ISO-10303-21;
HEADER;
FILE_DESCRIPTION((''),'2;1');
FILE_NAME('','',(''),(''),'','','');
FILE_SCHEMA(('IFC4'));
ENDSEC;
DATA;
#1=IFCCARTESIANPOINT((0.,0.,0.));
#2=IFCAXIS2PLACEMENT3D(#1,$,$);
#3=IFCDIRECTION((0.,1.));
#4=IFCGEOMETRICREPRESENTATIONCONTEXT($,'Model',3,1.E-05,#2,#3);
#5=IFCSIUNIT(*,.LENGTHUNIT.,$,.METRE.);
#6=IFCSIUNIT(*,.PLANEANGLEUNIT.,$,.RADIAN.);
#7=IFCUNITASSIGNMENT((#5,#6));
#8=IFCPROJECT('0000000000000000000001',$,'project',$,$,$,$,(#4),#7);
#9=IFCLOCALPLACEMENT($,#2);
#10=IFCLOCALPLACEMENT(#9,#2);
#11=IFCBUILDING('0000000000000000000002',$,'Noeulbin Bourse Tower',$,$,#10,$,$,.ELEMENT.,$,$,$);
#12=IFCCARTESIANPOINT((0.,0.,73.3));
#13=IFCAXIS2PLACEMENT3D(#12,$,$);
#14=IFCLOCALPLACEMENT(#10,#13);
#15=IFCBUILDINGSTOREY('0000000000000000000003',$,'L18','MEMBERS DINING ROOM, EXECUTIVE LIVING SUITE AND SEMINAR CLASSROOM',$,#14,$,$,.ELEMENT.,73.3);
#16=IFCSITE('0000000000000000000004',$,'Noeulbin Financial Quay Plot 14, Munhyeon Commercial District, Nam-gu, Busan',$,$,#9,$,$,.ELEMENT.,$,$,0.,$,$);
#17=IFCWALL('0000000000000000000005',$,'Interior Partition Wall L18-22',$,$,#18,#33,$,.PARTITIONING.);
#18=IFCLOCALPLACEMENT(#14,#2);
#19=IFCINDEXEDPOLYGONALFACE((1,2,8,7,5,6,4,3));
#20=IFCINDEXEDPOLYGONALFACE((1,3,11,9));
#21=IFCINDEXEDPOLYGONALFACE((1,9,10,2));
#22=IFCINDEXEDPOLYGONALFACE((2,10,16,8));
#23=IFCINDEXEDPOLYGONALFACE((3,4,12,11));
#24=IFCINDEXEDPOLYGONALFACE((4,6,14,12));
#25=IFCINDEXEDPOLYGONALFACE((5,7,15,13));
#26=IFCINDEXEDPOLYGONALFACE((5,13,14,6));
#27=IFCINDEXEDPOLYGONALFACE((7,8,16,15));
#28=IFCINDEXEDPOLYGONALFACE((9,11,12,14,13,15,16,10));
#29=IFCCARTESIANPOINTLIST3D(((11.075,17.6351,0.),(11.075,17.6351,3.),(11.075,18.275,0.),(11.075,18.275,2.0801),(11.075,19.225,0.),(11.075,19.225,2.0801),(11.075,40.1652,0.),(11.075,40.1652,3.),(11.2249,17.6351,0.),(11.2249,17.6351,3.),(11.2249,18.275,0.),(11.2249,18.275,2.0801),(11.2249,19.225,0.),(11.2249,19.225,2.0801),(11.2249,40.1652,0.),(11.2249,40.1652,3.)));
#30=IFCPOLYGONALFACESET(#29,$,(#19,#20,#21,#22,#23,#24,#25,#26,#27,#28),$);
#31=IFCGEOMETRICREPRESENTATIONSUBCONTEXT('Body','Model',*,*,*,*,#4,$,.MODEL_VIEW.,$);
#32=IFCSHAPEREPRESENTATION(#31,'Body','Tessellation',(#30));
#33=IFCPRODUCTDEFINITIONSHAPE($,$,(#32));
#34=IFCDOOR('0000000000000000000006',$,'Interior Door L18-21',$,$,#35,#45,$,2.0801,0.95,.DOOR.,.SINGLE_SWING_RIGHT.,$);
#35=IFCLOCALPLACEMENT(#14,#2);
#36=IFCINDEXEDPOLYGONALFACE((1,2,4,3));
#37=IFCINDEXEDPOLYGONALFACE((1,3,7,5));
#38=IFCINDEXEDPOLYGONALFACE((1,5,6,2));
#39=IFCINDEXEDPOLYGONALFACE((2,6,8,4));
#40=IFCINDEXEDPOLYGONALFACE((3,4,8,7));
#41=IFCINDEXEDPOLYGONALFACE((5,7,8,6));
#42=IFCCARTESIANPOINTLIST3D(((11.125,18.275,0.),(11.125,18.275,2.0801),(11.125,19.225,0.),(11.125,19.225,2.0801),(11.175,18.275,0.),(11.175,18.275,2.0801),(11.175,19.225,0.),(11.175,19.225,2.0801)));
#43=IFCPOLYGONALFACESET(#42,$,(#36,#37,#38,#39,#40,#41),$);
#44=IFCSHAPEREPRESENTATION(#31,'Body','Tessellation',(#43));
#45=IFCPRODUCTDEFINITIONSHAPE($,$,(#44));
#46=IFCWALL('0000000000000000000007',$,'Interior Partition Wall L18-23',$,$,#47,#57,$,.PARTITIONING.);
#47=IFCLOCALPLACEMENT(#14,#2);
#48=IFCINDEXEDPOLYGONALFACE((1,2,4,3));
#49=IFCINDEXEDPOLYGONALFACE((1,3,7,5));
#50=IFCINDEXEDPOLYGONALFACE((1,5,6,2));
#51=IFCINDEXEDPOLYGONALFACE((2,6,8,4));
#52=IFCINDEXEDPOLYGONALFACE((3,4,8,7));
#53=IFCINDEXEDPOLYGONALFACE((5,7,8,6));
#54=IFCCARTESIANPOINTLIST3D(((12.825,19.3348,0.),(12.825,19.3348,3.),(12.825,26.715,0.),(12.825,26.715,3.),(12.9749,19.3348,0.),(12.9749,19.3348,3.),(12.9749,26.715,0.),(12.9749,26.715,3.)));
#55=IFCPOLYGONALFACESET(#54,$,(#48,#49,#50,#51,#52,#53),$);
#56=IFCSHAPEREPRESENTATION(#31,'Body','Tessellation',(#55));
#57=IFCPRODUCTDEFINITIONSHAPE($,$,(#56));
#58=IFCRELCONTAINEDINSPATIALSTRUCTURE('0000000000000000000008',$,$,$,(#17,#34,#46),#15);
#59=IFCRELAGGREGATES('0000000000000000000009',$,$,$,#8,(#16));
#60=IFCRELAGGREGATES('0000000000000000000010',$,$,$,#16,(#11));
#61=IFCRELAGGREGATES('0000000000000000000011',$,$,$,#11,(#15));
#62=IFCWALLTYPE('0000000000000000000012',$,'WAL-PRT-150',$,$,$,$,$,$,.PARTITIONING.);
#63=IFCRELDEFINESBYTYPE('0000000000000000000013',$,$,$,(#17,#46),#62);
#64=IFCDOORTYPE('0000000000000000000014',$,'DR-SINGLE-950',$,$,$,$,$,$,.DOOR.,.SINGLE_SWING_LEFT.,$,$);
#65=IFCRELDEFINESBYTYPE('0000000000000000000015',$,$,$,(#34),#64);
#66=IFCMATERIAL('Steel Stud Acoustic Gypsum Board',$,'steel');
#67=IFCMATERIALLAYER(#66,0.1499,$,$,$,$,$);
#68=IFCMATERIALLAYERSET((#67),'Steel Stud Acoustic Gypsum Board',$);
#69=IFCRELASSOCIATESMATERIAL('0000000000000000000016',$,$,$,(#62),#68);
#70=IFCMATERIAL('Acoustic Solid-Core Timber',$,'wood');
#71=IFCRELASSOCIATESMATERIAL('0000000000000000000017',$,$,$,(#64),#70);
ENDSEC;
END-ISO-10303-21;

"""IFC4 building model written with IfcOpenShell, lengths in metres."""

from ifc_helpers import new_model, si_unit, direction, frame, frame_2d, origin, place, context, subcontext, project, spatial, rectangle, extrude, material, layer, layer_set, type_object, element, fill, save


model = new_model("IFC4")

# Units and contexts
model_context = context("Model", 3, precision=1e-05, world=origin(), true_north=direction((0.0, 1.0)))
body_context = subcontext(model_context, "Body", "Model", "MODEL_VIEW")
ifc_project = project(units=[si_unit("LENGTHUNIT", "METRE"), si_unit("PLANEANGLEUNIT", "RADIAN")], contexts=[model_context])

# Site, building, storey
site_placement = place(None, origin())
site = spatial("IfcSite", under=ifc_project, at=site_placement, Name="Noeulbin Financial Quay Plot 14, Munhyeon Commercial District, Nam-gu, Busan", CompositionType="ELEMENT", RefElevation=0.0)
building_placement = place(site_placement, origin())
building = spatial("IfcBuilding", under=site, at=building_placement, Name="Noeulbin Bourse Tower", CompositionType="ELEMENT")
storey_placement = place(building_placement, frame((0.0, 0.0, 73.3)))
storey = spatial("IfcBuildingStorey", under=building, at=storey_placement, Name="L18", Description="MEMBERS DINING ROOM, EXECUTIVE LIVING SUITE AND SEMINAR CLASSROOM", CompositionType="ELEMENT", Elevation=73.3)

# Shared definitions
ifc_material_1 = material(Name="Steel Stud Acoustic Gypsum Board", Category="steel")
ifc_layer_1 = layer(ifc_material_1, 0.1499)
ifc_layer_set_1 = layer_set([ifc_layer_1], Name="Steel Stud Acoustic Gypsum Board")
wall_type_1 = type_object("IfcWallType", Name="WAL-PRT-150", PredefinedType="PARTITIONING", material=ifc_layer_set_1)
ifc_material_2 = material(Name="Acoustic Solid-Core Timber", Category="wood")
door_type = type_object("IfcDoorType", Name="DR-SINGLE-950", OperationType="SINGLE_SWING_LEFT", PredefinedType="DOOR", material=ifc_material_2)

# Wall, opening, door
wall_1_placement = place(storey_placement, frame((11.1499, 17.635, 0.0), z_axis=(0.0, 0.0, 1.0), x_axis=(0.0, 1.0, 0.0)))
wall_1 = element("IfcWall", 1, at=wall_1_placement, inside=storey, type_object=wall_type_1, Name="Interior Partition Wall L18-22", PredefinedType="PARTITIONING", context=body_context, shape_type="SweptSolid", body=[
    extrude(rectangle(XDim=22.53, YDim=0.1499, at=frame_2d((11.2651, 0.0))), origin(), (0.0, 0.0, 1.0), 3.0),
])
opening_1_placement = place(wall_1_placement, frame((0.6399, 0.0, 0.0)))
opening_1 = element("IfcOpeningElement", 2, at=opening_1_placement, cuts=wall_1, PredefinedType="OPENING", context=body_context, shape_type="SweptSolid", body=[
    extrude(rectangle(XDim=0.95, YDim=2.0801, at=frame_2d((0.4751, 1.04))), frame((0.0, 0.085, 0.0), z_axis=(0.0, -1.0, 0.0), x_axis=(1.0, 0.0, 0.0)), (0.0, 0.0, 1.0), 0.1699),
])
door_1_placement = place(opening_1_placement, origin())
door_1 = element("IfcDoor", 3, at=door_1_placement, inside=storey, type_object=door_type, Name="Interior Door L18-21", OperationType="SINGLE_SWING_RIGHT", OverallHeight=2.0801, OverallWidth=0.95, PredefinedType="DOOR", context=body_context, shape_type="SweptSolid", body=[
    extrude(rectangle(XDim=0.95, YDim=2.0801, at=frame_2d((0.4751, 1.04))), frame((0.0, 0.0249, 0.0), z_axis=(0.0, -1.0, 0.0), x_axis=(1.0, 0.0, 0.0)), (0.0, 0.0, 1.0), 0.05),
])
fill(opening_1, door_1)

# Wall
wall_2_placement = place(storey_placement, frame((12.8999, 19.335, 0.0), z_axis=(0.0, 0.0, 1.0), x_axis=(0.0, 1.0, 0.0)))
element("IfcWall", 4, at=wall_2_placement, inside=storey, type_object=wall_type_1, Name="Interior Partition Wall L18-23", PredefinedType="PARTITIONING", context=body_context, shape_type="SweptSolid", body=[
    extrude(rectangle(XDim=7.3801, YDim=0.1499, at=frame_2d((3.6899, 0.0))), origin(), (0.0, 0.0, 1.0), 3.0),
])

save(model, "model.ifc")
